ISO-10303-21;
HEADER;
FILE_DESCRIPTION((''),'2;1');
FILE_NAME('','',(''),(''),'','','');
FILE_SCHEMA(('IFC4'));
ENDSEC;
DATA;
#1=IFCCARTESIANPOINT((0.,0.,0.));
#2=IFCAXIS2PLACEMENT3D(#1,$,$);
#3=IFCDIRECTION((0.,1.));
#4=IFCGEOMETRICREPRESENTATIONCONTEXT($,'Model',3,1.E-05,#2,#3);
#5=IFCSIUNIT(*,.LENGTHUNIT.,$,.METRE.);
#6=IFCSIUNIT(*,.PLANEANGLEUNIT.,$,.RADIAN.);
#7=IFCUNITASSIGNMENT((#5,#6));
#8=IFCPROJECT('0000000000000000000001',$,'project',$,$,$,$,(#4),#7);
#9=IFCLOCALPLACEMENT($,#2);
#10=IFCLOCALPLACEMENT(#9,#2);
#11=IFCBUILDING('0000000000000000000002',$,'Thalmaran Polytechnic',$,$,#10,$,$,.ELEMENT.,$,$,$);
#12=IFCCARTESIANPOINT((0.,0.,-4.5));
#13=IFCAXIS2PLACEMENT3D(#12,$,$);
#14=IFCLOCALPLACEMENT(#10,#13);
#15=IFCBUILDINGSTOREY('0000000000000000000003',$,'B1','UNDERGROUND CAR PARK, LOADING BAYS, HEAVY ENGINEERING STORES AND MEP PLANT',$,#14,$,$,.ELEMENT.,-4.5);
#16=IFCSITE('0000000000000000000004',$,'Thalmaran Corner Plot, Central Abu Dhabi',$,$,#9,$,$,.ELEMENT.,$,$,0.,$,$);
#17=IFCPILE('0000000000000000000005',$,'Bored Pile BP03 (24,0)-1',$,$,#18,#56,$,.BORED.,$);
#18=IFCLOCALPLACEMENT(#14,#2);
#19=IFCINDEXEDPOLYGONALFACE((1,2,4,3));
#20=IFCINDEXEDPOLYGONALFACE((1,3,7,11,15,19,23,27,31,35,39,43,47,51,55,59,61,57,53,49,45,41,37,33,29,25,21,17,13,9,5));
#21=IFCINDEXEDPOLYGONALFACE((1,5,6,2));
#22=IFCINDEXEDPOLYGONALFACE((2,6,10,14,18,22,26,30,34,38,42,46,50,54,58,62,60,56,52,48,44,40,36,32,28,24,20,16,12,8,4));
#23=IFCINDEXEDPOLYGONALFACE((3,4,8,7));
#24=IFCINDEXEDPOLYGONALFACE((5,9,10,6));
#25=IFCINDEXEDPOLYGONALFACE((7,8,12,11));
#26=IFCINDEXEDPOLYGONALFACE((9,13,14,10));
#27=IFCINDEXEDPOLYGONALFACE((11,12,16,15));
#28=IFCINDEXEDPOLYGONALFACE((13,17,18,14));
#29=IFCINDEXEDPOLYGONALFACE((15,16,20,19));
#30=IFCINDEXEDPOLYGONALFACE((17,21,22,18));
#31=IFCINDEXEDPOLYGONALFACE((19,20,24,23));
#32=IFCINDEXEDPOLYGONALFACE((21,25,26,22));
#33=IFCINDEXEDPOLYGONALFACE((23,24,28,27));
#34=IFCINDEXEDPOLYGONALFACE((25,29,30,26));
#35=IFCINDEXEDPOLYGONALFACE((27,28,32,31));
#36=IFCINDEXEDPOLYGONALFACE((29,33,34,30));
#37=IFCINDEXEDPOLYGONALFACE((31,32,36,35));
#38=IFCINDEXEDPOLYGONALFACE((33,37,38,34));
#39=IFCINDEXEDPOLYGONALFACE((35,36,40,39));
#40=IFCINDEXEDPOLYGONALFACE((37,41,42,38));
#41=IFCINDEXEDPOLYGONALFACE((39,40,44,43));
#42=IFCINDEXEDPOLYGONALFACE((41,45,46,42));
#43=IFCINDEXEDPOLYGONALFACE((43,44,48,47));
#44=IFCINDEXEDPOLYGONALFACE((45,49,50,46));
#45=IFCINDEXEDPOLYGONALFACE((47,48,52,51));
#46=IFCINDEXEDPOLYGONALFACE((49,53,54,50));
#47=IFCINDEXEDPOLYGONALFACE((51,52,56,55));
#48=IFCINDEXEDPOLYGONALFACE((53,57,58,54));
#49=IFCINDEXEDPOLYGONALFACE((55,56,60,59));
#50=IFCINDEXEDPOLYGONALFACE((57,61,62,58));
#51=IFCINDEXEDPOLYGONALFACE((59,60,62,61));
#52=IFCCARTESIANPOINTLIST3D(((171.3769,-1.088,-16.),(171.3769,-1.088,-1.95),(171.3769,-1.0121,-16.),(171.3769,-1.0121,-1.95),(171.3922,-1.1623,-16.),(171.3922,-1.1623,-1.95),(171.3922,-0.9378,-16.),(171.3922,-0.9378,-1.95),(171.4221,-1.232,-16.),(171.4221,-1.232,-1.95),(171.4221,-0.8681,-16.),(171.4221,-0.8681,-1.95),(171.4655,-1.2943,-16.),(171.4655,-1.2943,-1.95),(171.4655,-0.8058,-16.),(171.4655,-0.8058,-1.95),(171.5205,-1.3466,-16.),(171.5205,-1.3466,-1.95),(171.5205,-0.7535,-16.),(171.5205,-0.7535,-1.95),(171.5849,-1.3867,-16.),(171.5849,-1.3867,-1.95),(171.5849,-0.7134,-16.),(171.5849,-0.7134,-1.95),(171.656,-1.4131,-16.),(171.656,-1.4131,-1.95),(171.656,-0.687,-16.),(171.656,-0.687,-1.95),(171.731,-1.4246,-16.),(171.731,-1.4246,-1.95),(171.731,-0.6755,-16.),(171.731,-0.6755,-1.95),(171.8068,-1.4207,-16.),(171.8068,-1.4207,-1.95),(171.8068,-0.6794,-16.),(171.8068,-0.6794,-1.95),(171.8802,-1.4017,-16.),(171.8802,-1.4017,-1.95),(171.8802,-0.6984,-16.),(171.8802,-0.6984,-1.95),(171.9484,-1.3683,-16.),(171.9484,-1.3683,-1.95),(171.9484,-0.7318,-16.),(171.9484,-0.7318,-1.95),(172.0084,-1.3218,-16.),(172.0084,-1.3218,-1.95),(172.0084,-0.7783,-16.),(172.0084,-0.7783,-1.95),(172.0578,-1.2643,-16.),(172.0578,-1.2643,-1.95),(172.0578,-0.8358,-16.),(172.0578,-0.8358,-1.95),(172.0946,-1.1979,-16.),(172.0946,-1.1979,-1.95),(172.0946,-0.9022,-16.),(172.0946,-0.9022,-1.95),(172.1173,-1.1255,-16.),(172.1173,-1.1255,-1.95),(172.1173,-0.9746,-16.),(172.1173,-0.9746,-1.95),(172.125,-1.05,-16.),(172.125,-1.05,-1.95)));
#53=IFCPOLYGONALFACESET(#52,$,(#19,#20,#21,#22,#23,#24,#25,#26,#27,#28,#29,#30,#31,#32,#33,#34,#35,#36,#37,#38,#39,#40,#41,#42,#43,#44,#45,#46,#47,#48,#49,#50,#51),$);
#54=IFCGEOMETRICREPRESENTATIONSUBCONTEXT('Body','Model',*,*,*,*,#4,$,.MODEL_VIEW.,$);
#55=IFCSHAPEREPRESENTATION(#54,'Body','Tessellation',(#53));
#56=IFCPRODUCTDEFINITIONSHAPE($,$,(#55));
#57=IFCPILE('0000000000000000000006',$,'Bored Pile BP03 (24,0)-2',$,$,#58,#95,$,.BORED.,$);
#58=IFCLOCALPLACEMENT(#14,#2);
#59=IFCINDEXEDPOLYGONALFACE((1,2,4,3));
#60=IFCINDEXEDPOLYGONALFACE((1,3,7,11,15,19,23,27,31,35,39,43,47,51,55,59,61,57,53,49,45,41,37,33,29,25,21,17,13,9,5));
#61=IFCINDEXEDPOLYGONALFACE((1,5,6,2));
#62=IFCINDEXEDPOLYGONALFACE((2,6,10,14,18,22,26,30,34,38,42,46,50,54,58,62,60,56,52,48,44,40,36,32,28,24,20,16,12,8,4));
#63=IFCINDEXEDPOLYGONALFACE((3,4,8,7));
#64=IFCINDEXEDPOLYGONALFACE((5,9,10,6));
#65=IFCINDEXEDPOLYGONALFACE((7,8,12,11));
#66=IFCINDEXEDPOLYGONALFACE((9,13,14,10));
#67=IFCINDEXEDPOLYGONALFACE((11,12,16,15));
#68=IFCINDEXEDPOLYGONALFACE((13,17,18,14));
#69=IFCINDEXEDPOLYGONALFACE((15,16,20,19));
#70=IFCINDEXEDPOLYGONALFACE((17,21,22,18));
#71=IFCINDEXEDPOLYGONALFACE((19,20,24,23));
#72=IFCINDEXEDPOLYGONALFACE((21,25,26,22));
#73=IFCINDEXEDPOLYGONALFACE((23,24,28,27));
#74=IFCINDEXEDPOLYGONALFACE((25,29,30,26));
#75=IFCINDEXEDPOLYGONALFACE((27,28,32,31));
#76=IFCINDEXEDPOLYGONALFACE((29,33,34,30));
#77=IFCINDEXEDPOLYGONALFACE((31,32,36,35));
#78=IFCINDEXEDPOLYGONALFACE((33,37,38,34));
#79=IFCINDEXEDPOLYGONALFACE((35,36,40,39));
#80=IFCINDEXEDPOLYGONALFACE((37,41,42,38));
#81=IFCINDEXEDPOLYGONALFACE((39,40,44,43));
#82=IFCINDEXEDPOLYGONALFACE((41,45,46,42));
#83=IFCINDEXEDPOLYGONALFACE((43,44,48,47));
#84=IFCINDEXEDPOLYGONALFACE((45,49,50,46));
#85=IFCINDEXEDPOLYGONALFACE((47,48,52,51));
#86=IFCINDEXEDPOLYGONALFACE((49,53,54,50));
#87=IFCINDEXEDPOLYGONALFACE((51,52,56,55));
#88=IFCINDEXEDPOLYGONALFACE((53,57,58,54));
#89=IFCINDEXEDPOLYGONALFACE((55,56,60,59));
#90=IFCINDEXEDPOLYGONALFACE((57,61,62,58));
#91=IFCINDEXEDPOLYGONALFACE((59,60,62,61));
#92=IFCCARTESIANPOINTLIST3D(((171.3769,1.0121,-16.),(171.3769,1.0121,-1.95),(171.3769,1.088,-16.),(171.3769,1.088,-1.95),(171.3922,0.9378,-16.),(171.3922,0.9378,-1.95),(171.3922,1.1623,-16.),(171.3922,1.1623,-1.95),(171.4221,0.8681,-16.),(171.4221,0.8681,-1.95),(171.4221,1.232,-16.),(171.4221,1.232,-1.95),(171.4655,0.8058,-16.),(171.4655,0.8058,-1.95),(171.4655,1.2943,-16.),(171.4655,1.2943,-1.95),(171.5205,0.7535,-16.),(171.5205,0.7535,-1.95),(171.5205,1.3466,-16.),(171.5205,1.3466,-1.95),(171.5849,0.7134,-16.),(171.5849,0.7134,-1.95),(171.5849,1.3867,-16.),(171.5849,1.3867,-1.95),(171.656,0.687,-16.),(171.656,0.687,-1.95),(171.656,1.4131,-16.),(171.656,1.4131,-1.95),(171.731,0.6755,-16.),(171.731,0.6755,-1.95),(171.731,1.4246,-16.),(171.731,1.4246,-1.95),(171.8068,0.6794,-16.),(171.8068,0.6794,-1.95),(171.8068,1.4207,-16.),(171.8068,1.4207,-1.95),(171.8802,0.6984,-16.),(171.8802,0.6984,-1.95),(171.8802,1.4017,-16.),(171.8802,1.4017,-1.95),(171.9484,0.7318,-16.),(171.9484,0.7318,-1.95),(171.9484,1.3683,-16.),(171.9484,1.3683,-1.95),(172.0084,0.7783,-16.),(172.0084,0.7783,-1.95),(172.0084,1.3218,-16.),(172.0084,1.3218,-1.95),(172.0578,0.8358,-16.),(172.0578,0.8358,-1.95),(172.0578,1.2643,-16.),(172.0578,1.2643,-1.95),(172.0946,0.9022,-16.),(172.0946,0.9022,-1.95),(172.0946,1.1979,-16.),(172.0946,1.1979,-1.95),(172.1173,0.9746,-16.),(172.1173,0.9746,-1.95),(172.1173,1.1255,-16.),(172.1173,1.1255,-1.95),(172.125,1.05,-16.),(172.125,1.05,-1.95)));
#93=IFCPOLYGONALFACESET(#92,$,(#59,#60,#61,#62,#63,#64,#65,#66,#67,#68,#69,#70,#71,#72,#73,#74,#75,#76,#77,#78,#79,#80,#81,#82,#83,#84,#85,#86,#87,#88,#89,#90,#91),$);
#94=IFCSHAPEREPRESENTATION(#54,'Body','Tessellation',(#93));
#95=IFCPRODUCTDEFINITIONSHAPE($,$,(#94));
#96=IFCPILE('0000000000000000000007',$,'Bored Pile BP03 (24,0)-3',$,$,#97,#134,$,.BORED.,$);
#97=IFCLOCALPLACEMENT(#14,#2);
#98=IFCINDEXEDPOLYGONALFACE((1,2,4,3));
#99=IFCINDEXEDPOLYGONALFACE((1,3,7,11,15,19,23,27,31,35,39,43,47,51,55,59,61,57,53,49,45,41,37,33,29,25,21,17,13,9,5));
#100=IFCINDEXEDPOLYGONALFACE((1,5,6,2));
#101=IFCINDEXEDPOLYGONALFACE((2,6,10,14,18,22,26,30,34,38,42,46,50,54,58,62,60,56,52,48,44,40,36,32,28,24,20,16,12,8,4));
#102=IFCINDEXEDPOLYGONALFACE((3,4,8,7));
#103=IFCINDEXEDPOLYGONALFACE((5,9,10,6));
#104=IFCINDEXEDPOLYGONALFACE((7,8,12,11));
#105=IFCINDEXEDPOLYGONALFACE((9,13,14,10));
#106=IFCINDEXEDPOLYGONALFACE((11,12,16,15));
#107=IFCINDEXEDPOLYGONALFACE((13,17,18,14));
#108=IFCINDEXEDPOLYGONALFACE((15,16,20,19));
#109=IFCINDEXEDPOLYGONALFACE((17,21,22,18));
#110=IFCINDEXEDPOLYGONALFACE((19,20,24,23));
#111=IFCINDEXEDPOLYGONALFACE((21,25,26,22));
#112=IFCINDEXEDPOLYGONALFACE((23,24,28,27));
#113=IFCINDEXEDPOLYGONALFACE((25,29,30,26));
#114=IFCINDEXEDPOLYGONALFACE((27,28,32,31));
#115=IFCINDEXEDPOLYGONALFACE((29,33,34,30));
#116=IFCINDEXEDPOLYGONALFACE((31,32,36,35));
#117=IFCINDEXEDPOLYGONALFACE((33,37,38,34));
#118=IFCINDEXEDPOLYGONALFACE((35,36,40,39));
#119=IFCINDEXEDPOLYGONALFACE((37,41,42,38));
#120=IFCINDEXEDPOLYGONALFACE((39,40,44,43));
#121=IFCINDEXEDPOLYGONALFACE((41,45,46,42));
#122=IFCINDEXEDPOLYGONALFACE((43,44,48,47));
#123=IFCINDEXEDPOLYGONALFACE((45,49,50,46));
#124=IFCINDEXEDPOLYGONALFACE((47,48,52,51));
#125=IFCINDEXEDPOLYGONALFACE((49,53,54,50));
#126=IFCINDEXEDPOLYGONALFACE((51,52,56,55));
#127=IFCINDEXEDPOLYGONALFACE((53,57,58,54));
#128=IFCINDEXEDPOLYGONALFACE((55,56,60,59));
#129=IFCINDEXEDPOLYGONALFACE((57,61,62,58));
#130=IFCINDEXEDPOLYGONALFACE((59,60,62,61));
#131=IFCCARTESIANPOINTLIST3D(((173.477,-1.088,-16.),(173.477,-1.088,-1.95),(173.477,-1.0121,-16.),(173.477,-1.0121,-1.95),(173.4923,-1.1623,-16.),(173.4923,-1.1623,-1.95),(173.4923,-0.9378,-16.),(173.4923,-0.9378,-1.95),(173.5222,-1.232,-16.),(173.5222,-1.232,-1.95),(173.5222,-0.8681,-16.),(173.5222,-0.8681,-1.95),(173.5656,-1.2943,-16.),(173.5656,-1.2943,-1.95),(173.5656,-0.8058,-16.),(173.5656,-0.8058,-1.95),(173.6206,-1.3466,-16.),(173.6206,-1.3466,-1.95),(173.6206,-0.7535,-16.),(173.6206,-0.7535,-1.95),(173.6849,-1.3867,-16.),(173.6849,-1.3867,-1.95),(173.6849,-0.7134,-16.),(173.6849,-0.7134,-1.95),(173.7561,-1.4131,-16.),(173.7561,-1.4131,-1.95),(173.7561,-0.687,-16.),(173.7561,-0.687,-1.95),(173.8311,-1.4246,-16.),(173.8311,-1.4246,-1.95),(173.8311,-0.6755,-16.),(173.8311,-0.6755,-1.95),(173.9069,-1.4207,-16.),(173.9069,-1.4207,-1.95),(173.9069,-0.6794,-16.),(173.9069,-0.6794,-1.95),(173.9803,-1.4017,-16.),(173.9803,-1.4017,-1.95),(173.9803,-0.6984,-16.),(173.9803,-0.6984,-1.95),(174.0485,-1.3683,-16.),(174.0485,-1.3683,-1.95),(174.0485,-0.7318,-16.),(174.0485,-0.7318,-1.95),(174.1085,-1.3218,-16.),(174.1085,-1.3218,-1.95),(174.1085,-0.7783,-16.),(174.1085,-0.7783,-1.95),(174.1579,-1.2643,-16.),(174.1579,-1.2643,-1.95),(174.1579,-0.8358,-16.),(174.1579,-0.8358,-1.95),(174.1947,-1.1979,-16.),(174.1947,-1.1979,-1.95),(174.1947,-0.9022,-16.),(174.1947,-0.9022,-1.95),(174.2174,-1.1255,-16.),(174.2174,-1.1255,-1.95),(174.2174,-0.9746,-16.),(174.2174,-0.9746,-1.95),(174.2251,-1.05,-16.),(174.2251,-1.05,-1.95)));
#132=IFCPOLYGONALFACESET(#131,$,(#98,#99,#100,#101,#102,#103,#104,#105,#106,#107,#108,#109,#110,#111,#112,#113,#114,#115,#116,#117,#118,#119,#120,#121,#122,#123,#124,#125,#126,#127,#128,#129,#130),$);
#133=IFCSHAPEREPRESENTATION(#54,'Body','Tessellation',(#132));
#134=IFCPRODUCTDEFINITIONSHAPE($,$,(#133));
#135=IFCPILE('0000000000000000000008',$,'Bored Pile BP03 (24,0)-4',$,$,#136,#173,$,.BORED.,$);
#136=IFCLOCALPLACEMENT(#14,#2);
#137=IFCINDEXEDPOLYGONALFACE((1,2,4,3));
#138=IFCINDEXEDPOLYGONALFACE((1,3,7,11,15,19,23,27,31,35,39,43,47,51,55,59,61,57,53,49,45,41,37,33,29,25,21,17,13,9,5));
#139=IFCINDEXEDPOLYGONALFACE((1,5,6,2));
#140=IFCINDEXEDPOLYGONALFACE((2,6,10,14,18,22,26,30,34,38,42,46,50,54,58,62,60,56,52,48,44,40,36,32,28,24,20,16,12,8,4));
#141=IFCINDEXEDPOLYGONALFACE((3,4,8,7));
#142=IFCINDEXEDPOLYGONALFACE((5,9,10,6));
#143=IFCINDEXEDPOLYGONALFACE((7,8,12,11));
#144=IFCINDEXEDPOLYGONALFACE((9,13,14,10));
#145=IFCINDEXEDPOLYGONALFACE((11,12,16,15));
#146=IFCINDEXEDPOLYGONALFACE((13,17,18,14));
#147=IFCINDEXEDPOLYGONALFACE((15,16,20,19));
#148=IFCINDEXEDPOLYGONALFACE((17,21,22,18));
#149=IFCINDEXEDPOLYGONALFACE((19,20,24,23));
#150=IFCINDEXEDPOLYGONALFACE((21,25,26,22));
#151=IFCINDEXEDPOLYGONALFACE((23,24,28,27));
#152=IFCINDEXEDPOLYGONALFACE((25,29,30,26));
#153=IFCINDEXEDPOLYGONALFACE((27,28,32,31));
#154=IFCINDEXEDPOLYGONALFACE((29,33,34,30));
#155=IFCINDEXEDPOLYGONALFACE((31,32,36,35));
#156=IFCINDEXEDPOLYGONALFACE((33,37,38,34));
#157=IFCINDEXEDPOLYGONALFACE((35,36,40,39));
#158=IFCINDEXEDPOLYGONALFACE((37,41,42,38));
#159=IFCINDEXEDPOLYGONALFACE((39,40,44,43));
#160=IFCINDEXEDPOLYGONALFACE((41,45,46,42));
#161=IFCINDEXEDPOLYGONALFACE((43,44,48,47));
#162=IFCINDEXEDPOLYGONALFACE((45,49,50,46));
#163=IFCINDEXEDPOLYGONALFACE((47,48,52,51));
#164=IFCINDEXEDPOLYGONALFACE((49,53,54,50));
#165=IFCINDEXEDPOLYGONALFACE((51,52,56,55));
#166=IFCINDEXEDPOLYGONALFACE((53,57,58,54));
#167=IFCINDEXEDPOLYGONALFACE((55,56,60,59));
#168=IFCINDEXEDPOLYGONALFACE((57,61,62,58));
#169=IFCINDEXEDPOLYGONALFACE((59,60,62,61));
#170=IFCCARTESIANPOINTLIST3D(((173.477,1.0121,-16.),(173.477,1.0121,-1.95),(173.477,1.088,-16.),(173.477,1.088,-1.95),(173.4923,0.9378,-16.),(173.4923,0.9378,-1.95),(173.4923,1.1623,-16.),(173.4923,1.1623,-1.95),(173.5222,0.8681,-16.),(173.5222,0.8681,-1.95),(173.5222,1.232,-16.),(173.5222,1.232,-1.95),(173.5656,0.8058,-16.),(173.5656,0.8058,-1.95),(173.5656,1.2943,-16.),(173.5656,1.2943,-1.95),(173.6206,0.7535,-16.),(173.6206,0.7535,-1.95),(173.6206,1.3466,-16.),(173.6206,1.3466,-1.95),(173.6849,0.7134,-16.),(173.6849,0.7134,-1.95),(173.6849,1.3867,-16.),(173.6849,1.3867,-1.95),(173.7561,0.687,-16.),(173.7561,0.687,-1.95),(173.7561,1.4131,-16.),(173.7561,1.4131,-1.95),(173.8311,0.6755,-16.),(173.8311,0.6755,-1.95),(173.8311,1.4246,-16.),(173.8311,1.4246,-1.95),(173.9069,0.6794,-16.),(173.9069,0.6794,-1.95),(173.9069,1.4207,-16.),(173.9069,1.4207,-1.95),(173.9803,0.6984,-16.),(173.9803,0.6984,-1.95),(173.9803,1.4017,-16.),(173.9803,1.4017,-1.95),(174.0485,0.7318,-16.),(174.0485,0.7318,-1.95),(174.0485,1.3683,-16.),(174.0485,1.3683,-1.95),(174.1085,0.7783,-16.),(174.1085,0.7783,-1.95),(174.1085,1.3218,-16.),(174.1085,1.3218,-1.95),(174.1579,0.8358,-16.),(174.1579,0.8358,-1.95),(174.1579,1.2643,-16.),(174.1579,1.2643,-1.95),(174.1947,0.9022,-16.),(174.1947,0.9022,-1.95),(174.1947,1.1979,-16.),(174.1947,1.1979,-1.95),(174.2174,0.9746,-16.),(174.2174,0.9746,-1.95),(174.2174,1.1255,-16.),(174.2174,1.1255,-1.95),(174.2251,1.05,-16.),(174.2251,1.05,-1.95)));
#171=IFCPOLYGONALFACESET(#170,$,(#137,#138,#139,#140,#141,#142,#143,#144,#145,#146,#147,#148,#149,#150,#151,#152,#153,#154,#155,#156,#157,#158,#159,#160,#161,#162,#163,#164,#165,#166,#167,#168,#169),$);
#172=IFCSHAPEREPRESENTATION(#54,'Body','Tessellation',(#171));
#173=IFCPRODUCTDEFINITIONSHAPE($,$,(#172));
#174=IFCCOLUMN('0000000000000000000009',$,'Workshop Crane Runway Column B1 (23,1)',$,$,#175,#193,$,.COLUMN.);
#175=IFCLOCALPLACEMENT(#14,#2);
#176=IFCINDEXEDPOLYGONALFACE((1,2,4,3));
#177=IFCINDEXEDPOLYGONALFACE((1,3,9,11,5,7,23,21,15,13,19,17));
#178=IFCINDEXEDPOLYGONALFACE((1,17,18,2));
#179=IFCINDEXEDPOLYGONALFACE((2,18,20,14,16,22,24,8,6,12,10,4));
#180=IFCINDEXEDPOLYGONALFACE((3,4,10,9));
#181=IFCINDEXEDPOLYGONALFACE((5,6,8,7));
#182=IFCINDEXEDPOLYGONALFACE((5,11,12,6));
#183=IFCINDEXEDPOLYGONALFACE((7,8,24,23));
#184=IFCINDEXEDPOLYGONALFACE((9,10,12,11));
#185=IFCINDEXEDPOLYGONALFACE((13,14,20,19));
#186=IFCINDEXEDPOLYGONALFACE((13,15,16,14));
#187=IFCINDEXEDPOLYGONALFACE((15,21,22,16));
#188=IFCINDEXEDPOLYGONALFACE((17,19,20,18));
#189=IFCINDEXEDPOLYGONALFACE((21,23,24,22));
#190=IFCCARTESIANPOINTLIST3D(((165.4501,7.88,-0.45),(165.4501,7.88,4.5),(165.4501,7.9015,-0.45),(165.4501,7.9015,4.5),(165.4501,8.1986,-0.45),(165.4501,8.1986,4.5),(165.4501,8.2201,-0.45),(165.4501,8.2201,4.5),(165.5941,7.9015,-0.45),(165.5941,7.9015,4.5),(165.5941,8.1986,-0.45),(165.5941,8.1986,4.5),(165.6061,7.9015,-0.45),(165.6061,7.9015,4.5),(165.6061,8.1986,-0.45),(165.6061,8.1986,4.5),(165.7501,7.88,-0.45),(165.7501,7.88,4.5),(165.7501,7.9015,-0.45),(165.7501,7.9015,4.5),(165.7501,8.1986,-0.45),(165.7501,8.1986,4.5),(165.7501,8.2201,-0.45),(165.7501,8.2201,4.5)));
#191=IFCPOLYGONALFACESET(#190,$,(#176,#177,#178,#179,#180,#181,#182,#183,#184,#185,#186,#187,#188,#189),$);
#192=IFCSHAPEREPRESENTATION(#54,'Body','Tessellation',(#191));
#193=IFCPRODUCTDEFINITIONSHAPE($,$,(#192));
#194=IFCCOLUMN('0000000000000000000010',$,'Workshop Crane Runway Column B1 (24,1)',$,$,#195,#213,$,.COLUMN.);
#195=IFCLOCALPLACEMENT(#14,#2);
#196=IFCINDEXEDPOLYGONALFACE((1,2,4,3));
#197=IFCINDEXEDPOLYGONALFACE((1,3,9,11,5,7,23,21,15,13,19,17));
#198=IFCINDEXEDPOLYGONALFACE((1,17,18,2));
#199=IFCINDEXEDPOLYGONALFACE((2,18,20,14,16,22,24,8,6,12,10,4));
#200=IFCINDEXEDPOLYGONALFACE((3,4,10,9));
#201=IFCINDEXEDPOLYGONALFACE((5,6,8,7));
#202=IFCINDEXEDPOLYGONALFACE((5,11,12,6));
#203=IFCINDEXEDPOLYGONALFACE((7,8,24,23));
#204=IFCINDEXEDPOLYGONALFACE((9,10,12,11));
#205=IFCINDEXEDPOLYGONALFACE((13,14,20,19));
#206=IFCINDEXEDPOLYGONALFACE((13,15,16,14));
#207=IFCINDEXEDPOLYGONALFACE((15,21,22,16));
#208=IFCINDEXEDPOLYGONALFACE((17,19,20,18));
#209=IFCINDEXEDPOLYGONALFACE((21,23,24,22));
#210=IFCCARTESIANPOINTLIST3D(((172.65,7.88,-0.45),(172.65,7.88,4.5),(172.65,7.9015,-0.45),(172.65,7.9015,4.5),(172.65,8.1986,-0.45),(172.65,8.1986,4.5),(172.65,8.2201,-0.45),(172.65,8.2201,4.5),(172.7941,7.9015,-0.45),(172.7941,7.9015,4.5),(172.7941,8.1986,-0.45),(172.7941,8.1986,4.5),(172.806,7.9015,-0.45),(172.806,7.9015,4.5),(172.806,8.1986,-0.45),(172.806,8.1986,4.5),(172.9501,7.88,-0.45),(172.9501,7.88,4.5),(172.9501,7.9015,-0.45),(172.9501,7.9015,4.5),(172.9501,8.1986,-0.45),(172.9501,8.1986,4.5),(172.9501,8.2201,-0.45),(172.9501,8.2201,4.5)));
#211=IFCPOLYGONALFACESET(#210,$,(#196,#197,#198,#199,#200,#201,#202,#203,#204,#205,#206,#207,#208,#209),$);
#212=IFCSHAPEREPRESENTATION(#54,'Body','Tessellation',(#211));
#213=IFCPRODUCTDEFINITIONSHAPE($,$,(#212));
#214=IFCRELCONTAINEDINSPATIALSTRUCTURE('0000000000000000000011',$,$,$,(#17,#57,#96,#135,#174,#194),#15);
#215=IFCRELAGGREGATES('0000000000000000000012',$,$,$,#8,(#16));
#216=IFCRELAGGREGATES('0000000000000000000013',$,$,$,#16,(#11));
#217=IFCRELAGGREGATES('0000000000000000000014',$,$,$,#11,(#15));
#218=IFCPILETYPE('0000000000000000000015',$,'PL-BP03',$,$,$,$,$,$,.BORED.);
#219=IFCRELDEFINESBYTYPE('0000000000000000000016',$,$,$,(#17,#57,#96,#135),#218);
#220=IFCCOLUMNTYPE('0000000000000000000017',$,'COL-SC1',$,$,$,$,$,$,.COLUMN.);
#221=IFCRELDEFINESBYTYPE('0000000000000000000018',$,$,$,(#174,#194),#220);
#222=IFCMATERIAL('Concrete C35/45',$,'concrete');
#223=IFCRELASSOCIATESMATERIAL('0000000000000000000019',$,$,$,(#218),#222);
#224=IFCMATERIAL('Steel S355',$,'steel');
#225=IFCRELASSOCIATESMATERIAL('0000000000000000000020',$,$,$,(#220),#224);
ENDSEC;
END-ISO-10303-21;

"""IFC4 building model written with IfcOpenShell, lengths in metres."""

from ifc_helpers import new_model, si_unit, direction, frame, origin, origin_2d, place, context, subcontext, project, spatial, circle, i_section, extrude, material, material_profile, profile_set, type_object, element, save


model = new_model("IFC4")

# Units and contexts
model_context = context("Model", 3, precision=1e-05, world=origin(), true_north=direction((0.0, 1.0)))
body_context = subcontext(model_context, "Body", "Model", "MODEL_VIEW")
ifc_project = project(units=[si_unit("LENGTHUNIT", "METRE"), si_unit("PLANEANGLEUNIT", "RADIAN")], contexts=[model_context])

# Site, building, storey
site_placement = place(None, origin())
site = spatial("IfcSite", under=ifc_project, at=site_placement, Name="Thalmaran Corner Plot, Central Abu Dhabi", CompositionType="ELEMENT", RefElevation=0.0)
building_placement = place(site_placement, origin())
building = spatial("IfcBuilding", under=site, at=building_placement, Name="Thalmaran Polytechnic", CompositionType="ELEMENT")
storey_placement = place(building_placement, frame((0.0, 0.0, -4.5)))
storey = spatial("IfcBuildingStorey", under=building, at=storey_placement, Name="B1", Description="UNDERGROUND CAR PARK, LOADING BAYS, HEAVY ENGINEERING STORES AND MEP PLANT", CompositionType="ELEMENT", Elevation=-4.5)

# Piles
ifc_material_1 = material(Name="Concrete C35/45", Category="concrete")
ifc_material_profile_1 = material_profile(ifc_material_1, circle(Radius=0.375, at=origin_2d()), Name="RC 750 DIA")
ifc_profile_set_1 = profile_set([ifc_material_profile_1], Name="Concrete C35/45")
pile_type_1 = type_object("IfcPileType", Name="PL-BP03", PredefinedType="BORED", material=ifc_profile_set_1)
for number, where, z_axis, x_axis, name in (
    (1, (171.75, -1.05, -1.95), (0.0, 0.0, -1.0), (1.0, 0.0, 0.0), "Bored Pile BP03 (24,0)-1"),
    (2, (171.75, 1.05, -1.95), (0.0, 0.0, -1.0), (1.0, 0.0, 0.0), "Bored Pile BP03 (24,0)-2"),
    (3, (173.8501, -1.05, -1.95), (0.0, 0.0, -1.0), (1.0, 0.0, 0.0), "Bored Pile BP03 (24,0)-3"),
    (4, (173.8501, 1.05, -1.95), (0.0, 0.0, -1.0), (1.0, 0.0, 0.0), "Bored Pile BP03 (24,0)-4"),
):
    element("IfcPile", number, at=place(storey_placement, frame(where, z_axis=z_axis, x_axis=x_axis)), inside=storey, type_object=pile_type_1, Name=name, PredefinedType="BORED", context=body_context, shape_type="SweptSolid", body=[
        extrude(circle(Radius=0.375, at=origin_2d()), origin(), (0.0, 0.0, 1.0), 14.05),
    ])

# Columns
ifc_material_2 = material(Name="Steel S355", Category="steel")
ifc_material_profile_2 = material_profile(ifc_material_2, i_section(OverallWidth=0.3, OverallDepth=0.3401, WebThickness=0.012, FlangeThickness=0.0215, at=origin_2d()), Name="HEB 340")
ifc_profile_set_2 = profile_set([ifc_material_profile_2], Name="Steel S355")
column_type_1 = type_object("IfcColumnType", Name="COL-SC1", PredefinedType="COLUMN", material=ifc_profile_set_2)
for number, where, z_axis, x_axis, name in (
    (5, (165.6001, 8.05, -0.45), (0.0, 0.0, 1.0), (1.0, 0.0, 0.0), "Workshop Crane Runway Column B1 (23,1)"),
    (6, (172.8, 8.05, -0.45), (0.0, 0.0, 1.0), (1.0, 0.0, 0.0), "Workshop Crane Runway Column B1 (24,1)"),
):
    element("IfcColumn", number, at=place(storey_placement, frame(where, z_axis=z_axis, x_axis=x_axis)), inside=storey, type_object=column_type_1, Name=name, PredefinedType="COLUMN", context=body_context, shape_type="SweptSolid", body=[
        extrude(i_section(OverallWidth=0.3, OverallDepth=0.3401, WebThickness=0.012, FlangeThickness=0.0215, at=origin_2d()), origin(), (0.0, 0.0, 1.0), 4.95),
    ])

save(model, "model.ifc")
